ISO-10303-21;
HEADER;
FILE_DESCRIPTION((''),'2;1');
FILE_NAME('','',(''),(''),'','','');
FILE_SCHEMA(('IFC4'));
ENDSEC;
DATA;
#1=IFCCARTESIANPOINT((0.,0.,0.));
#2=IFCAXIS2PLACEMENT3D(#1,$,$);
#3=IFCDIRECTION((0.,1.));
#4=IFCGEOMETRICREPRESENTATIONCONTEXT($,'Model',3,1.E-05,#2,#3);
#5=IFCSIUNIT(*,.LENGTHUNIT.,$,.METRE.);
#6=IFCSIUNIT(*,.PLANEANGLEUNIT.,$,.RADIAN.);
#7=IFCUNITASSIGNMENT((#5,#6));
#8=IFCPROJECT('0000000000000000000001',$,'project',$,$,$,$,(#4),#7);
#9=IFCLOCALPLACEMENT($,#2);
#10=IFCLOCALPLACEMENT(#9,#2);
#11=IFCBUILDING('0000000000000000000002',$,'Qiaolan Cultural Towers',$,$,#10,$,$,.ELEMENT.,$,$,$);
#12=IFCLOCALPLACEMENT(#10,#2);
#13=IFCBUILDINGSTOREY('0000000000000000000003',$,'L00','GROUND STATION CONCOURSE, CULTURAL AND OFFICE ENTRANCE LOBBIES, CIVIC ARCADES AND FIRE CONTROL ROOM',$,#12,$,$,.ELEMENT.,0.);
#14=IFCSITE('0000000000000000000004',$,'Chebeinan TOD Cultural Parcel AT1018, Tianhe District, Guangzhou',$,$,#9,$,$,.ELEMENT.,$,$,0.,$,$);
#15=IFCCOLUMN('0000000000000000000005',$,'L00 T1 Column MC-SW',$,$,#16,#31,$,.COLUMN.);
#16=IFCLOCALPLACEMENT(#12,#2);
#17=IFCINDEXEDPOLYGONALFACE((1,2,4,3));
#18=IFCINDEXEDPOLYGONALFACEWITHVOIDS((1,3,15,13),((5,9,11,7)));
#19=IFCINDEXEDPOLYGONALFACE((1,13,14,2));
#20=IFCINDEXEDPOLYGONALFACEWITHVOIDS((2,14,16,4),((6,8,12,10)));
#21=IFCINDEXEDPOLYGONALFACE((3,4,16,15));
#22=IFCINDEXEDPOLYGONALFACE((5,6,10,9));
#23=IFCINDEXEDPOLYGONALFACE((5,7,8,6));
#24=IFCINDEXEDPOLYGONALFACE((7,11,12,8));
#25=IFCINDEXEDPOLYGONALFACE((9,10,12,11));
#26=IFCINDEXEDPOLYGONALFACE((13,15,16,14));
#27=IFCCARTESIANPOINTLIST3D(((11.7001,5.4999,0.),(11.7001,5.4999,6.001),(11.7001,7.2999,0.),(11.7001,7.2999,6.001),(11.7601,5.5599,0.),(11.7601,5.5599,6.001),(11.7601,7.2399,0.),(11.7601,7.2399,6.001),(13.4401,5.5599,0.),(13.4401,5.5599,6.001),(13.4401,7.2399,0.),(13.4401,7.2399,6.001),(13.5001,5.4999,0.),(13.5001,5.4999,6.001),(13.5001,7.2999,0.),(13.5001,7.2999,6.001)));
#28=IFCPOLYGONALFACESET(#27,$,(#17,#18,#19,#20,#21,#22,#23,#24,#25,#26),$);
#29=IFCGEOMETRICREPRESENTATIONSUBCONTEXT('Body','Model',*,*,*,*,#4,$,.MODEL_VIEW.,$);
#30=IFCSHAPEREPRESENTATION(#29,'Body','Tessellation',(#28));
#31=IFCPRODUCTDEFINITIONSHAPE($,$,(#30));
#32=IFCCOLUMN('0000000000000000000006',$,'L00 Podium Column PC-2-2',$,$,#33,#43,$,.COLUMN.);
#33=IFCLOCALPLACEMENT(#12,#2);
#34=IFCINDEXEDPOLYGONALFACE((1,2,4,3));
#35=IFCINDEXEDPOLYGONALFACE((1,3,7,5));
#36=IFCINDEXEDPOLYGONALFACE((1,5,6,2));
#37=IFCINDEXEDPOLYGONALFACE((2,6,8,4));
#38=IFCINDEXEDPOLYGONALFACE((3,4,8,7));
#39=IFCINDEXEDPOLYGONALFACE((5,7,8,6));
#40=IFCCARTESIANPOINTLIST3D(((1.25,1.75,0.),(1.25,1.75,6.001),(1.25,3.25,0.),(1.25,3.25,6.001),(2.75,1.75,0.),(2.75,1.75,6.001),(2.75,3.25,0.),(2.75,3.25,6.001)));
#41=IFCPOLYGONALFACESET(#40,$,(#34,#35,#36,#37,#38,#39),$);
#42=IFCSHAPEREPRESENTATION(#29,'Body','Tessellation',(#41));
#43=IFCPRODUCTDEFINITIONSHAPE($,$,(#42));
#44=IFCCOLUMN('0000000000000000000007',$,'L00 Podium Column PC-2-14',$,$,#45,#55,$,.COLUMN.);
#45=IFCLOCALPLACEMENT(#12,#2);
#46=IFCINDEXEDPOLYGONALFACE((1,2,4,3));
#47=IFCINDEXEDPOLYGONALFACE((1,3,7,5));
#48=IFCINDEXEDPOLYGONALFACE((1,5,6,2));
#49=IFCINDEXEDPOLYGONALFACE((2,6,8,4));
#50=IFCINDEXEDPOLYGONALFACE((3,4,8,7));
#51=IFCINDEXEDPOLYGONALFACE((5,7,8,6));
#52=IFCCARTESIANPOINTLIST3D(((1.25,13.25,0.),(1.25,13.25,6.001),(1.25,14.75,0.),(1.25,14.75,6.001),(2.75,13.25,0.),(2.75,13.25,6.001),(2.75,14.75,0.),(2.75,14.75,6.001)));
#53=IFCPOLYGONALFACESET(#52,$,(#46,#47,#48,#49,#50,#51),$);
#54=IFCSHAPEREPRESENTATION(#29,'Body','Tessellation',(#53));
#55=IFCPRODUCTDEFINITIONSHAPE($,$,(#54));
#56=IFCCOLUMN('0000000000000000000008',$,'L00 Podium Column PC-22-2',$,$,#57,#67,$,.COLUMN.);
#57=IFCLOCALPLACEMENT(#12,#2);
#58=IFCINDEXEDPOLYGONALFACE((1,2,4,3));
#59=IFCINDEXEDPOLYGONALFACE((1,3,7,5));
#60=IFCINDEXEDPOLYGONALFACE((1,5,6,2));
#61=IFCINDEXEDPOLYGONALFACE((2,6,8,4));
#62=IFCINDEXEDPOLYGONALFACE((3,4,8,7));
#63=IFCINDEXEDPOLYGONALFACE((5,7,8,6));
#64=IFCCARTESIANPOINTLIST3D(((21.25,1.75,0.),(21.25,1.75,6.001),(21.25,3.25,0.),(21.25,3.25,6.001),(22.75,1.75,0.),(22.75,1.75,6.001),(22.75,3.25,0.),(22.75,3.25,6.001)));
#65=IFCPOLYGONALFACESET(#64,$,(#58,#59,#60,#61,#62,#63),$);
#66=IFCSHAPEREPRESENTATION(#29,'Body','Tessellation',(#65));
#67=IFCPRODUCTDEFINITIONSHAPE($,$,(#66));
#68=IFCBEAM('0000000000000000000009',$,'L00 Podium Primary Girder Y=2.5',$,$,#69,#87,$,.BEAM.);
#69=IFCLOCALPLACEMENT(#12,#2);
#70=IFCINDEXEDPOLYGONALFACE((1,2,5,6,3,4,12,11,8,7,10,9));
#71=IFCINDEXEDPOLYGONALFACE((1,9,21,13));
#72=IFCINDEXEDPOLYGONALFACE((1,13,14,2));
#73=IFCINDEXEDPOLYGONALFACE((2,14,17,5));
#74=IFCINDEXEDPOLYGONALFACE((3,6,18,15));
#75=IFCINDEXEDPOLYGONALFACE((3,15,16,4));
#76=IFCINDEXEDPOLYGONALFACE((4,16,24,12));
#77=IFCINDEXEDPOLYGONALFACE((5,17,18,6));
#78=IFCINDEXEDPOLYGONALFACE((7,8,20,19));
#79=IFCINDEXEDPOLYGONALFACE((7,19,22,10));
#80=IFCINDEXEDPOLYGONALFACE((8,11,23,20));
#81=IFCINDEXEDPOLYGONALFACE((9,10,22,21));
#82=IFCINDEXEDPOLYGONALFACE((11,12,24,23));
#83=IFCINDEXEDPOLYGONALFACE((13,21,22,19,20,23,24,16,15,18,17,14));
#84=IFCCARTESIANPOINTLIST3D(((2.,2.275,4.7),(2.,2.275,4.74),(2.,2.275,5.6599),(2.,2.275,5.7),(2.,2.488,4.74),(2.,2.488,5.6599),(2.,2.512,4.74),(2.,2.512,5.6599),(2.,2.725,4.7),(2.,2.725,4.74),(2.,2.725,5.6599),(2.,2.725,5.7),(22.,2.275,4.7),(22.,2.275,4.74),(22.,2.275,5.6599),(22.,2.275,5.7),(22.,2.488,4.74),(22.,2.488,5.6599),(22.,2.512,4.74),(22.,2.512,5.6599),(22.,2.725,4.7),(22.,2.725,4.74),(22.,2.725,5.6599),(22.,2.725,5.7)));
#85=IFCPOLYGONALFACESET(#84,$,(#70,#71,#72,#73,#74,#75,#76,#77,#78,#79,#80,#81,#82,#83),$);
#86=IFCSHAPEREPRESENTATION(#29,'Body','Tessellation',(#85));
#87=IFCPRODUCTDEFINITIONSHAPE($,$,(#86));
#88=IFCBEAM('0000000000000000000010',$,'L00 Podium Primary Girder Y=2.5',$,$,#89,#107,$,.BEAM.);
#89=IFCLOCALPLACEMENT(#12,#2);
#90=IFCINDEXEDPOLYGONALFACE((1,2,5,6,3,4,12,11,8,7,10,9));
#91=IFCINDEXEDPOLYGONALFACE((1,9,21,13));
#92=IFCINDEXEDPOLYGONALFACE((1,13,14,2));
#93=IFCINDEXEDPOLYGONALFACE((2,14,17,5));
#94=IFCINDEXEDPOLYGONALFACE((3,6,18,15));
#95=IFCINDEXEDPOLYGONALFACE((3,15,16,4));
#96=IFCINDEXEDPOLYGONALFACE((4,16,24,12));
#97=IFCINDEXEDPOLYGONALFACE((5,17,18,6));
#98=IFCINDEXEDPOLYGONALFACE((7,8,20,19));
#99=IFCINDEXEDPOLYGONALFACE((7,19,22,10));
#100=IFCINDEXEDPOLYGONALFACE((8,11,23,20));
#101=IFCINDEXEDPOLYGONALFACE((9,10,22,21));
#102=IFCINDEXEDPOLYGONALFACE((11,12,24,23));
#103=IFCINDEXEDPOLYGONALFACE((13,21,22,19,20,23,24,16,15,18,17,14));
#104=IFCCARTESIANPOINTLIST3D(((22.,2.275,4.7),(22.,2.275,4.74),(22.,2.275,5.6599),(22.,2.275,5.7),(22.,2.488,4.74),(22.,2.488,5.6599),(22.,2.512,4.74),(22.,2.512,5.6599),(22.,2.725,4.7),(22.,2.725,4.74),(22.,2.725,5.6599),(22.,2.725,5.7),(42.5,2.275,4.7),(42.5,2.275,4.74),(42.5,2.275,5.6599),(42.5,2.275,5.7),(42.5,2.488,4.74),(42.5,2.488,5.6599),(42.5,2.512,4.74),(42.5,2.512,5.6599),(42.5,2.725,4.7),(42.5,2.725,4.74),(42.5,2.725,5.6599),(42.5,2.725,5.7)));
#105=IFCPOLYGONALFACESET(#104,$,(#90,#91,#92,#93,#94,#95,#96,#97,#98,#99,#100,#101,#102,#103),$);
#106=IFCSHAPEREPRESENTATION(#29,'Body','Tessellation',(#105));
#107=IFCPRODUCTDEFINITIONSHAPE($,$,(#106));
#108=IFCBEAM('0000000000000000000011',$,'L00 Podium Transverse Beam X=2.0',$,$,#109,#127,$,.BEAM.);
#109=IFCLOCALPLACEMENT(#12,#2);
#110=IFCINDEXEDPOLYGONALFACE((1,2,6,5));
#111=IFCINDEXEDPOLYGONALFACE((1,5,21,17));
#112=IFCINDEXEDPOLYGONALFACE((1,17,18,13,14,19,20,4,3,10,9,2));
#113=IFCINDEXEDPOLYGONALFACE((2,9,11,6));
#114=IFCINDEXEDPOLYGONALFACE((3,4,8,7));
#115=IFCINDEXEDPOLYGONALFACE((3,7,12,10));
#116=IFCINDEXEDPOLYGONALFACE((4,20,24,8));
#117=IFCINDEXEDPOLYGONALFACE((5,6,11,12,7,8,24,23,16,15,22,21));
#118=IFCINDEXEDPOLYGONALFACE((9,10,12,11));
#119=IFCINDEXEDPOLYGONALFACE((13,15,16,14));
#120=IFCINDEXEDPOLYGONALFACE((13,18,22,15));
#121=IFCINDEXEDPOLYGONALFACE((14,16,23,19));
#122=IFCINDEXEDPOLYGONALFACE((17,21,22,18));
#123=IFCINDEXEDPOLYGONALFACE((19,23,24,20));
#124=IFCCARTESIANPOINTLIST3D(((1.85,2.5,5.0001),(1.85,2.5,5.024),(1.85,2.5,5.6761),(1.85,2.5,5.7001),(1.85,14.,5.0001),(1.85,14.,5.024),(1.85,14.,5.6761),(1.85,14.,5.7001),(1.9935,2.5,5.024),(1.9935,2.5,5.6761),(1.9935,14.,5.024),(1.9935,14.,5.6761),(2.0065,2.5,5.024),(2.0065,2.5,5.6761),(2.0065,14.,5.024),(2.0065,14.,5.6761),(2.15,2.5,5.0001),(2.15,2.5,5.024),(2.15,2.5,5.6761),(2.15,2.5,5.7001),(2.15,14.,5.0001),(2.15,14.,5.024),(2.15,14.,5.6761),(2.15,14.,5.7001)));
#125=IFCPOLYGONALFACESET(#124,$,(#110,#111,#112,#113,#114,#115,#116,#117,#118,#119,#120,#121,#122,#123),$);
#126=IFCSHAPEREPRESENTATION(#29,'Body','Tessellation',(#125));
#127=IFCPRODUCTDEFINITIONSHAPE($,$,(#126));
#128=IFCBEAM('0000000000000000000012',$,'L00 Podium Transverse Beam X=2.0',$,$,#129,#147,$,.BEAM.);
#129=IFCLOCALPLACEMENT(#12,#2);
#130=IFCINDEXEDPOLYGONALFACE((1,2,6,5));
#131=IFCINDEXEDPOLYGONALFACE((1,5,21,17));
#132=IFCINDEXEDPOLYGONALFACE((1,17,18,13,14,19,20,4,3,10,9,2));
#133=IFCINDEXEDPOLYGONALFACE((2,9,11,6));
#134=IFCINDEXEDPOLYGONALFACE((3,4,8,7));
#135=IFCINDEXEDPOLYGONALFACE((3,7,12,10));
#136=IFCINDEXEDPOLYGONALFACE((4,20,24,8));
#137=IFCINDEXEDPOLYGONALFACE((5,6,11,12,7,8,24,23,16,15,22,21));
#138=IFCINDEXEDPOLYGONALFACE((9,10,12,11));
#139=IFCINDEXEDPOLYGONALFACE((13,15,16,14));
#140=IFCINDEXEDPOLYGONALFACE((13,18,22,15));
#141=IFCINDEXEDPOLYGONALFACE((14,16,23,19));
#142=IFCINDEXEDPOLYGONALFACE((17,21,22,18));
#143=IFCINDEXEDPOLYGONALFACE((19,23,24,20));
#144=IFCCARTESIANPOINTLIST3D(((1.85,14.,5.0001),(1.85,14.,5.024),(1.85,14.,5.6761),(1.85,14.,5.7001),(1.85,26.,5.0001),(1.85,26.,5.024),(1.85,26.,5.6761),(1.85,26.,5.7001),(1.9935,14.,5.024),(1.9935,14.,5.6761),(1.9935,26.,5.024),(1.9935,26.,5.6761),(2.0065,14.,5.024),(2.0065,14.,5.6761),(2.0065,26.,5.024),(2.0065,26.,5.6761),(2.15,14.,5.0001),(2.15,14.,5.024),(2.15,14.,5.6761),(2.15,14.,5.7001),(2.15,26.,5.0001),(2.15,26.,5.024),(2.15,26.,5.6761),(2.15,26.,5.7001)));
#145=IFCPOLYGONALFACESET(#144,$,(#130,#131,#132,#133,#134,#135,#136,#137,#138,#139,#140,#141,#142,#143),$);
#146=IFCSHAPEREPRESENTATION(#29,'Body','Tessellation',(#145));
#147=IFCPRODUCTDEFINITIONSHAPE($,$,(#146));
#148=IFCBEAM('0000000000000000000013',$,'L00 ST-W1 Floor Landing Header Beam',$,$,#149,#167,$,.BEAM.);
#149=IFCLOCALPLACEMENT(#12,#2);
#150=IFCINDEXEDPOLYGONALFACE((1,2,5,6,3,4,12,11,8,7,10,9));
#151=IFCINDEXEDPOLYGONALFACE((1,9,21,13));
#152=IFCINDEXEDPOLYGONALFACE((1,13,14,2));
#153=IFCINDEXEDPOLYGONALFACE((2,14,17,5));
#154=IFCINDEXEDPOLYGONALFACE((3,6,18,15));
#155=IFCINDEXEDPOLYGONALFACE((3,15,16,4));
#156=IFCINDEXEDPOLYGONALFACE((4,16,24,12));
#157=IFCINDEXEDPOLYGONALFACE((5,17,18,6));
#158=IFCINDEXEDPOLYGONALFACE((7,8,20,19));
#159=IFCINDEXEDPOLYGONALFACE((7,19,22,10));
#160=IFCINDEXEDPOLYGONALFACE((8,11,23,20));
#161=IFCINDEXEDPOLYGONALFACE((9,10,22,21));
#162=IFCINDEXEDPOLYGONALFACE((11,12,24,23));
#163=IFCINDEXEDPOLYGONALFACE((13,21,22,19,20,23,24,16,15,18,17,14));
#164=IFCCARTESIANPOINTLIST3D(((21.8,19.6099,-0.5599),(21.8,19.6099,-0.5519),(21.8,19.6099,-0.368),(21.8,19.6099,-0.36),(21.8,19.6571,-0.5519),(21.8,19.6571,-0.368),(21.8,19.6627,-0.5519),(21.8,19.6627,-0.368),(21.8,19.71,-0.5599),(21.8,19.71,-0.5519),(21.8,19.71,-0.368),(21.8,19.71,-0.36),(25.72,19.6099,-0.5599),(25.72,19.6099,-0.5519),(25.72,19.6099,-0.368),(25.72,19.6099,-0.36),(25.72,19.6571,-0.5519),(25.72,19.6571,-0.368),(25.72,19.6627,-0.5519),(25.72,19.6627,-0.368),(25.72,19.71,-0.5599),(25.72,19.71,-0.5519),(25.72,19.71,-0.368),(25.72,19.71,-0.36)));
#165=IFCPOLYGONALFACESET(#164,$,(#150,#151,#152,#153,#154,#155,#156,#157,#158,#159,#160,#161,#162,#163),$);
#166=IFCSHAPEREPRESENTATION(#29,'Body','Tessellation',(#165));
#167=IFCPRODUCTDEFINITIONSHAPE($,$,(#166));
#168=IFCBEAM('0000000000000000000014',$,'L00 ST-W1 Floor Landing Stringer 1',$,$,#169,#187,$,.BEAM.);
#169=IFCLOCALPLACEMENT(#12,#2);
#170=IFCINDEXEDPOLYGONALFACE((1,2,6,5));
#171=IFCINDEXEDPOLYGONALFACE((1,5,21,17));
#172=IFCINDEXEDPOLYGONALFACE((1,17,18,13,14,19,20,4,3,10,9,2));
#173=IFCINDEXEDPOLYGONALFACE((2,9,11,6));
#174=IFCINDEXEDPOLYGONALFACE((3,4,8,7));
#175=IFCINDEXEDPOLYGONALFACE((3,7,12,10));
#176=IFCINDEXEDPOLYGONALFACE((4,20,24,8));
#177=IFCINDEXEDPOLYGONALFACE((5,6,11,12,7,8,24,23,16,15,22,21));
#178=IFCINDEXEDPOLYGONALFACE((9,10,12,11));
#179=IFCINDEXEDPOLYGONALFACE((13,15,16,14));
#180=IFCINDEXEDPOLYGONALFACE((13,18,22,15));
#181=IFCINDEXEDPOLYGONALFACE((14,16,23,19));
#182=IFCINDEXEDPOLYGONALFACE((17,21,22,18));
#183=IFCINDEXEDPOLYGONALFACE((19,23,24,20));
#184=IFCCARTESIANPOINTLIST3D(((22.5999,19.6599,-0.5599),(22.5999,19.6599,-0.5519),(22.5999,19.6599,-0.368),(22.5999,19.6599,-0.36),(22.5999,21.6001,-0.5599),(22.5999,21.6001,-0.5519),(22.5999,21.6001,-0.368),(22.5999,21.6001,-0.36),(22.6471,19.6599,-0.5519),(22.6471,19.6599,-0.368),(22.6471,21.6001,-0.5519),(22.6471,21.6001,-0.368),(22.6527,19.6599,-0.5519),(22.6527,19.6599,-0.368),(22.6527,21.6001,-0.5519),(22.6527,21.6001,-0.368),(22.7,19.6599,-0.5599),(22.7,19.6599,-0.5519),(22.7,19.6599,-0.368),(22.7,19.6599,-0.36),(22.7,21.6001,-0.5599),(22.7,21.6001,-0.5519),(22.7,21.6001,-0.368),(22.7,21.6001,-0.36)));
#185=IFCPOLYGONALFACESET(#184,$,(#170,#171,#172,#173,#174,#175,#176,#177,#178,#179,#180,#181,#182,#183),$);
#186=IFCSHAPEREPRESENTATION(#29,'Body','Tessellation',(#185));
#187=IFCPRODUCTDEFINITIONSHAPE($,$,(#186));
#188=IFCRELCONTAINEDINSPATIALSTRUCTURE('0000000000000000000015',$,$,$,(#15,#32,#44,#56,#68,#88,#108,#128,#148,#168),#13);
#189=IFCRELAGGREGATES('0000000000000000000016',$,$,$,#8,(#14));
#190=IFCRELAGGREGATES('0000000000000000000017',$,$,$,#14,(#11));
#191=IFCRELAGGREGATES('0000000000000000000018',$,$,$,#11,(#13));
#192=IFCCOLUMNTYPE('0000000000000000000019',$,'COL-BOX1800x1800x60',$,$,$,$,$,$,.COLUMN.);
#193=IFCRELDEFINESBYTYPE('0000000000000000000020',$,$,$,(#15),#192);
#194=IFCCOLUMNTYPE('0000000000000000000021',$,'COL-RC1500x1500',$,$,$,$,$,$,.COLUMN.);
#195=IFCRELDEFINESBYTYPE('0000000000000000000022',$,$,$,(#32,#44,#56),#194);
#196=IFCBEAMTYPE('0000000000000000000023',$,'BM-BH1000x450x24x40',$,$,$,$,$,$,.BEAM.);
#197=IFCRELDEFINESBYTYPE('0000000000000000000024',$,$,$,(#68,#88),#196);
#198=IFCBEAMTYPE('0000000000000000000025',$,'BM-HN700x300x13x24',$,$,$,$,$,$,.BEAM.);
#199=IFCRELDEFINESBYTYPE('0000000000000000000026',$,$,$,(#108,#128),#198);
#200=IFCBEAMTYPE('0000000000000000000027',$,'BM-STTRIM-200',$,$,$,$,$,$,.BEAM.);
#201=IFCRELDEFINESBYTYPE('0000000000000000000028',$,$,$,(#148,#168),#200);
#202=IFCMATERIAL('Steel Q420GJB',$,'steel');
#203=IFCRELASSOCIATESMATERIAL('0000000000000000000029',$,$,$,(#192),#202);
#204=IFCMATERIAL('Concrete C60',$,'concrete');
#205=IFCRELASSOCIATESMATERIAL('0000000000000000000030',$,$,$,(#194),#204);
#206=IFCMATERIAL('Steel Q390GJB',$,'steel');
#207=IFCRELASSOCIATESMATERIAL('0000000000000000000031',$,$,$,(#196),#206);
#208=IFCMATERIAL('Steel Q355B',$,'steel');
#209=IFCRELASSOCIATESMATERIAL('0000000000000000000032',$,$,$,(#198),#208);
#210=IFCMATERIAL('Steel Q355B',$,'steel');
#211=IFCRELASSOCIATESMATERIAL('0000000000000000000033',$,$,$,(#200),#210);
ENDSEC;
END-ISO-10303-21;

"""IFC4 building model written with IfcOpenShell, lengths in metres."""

from ifc_helpers import new_model, si_unit, direction, frame, origin, origin_2d, place, context, subcontext, project, spatial, rectangle, hollow_rectangle, i_section, extrude, material, material_profile, profile_set, type_object, element, save


model = new_model("IFC4")

# Units and contexts
model_context = context("Model", 3, precision=1e-05, world=origin(), true_north=direction((0.0, 1.0)))
body_context = subcontext(model_context, "Body", "Model", "MODEL_VIEW")
ifc_project = project(units=[si_unit("LENGTHUNIT", "METRE"), si_unit("PLANEANGLEUNIT", "RADIAN")], contexts=[model_context])

# Site, building, storey
site_placement = place(None, origin())
site = spatial("IfcSite", under=ifc_project, at=site_placement, Name="Chebeinan TOD Cultural Parcel AT1018, Tianhe District, Guangzhou", CompositionType="ELEMENT", RefElevation=0.0)
building_placement = place(site_placement, origin())
building = spatial("IfcBuilding", under=site, at=building_placement, Name="Qiaolan Cultural Towers", CompositionType="ELEMENT")
storey_placement = place(building_placement, origin())
storey = spatial("IfcBuildingStorey", under=building, at=storey_placement, Name="L00", Description="GROUND STATION CONCOURSE, CULTURAL AND OFFICE ENTRANCE LOBBIES, CIVIC ARCADES AND FIRE CONTROL ROOM", CompositionType="ELEMENT", Elevation=0.0)

# Columns
ifc_material_1 = material(Name="Steel Q420GJB", Category="steel")
ifc_material_profile_1 = material_profile(ifc_material_1, hollow_rectangle(XDim=1.8, YDim=1.8, WallThickness=0.0601, at=origin_2d()), Name="BOX1800x1800x60")
ifc_profile_set_1 = profile_set([ifc_material_profile_1], Name="Steel Q420GJB")
column_type_1 = type_object("IfcColumnType", Name="COL-BOX1800x1800x60", PredefinedType="COLUMN", material=ifc_profile_set_1)
column_placement = place(storey_placement, frame((12.6001, 6.3999, 0.0), z_axis=(0.0, 0.0, 1.0), x_axis=(1.0, 0.0, 0.0)))
element("IfcColumn", 1, at=column_placement, inside=storey, type_object=column_type_1, Name="L00 T1 Column MC-SW", PredefinedType="COLUMN", context=body_context, shape_type="SweptSolid", body=[
    extrude(hollow_rectangle(XDim=1.8, YDim=1.8, WallThickness=0.0601, at=origin_2d()), origin(), (0.0, 0.0, 1.0), 6.001),
])
ifc_material_2 = material(Name="Concrete C60", Category="concrete")
ifc_material_profile_2 = material_profile(ifc_material_2, rectangle(XDim=1.5, YDim=1.5, at=origin_2d()), Name="RC1500x1500")
ifc_profile_set_2 = profile_set([ifc_material_profile_2], Name="Concrete C60")
column_type_2 = type_object("IfcColumnType", Name="COL-RC1500x1500", PredefinedType="COLUMN", material=ifc_profile_set_2)
for number, where, z_axis, x_axis, name in (
    (2, (2.0, 2.5, 0.0), (0.0, 0.0, 1.0), (1.0, 0.0, 0.0), "L00 Podium Column PC-2-2"),
    (3, (2.0, 14.0, 0.0), (0.0, 0.0, 1.0), (1.0, 0.0, 0.0), "L00 Podium Column PC-2-14"),
    (4, (22.0, 2.5, 0.0), (0.0, 0.0, 1.0), (1.0, 0.0, 0.0), "L00 Podium Column PC-22-2"),
):
    element("IfcColumn", number, at=place(storey_placement, frame(where, z_axis=z_axis, x_axis=x_axis)), inside=storey, type_object=column_type_2, Name=name, PredefinedType="COLUMN", context=body_context, shape_type="SweptSolid", body=[
        extrude(rectangle(XDim=1.5, YDim=1.5, at=origin_2d()), origin(), (0.0, 0.0, 1.0), 6.001),
    ])

# Beams
ifc_material_3 = material(Name="Steel Q390GJB", Category="steel")
ifc_material_profile_3 = material_profile(ifc_material_3, i_section(OverallWidth=0.45, OverallDepth=1.0, WebThickness=0.0239, FlangeThickness=0.04, at=origin_2d()), Name="BH1000x450x24x40")
ifc_profile_set_3 = profile_set([ifc_material_profile_3], Name="Steel Q390GJB")
beam_type_1 = type_object("IfcBeamType", Name="BM-BH1000x450x24x40", PredefinedType="BEAM", material=ifc_profile_set_3)
beam_1_placement = place(storey_placement, frame((2.0, 2.5, 5.2), z_axis=(1.0, 0.0, 0.0), x_axis=(0.0, 1.0, 0.0)))
element("IfcBeam", 5, at=beam_1_placement, inside=storey, type_object=beam_type_1, Name="L00 Podium Primary Girder Y=2.5", PredefinedType="BEAM", context=body_context, shape_type="SweptSolid", body=[
    extrude(i_section(OverallWidth=0.45, OverallDepth=1.0, WebThickness=0.0239, FlangeThickness=0.04, at=origin_2d()), origin(), (0.0, 0.0, 1.0), 20.0),
])
beam_2_placement = place(storey_placement, frame((22.0, 2.5, 5.2), z_axis=(1.0, 0.0, 0.0), x_axis=(0.0, 1.0, 0.0)))
element("IfcBeam", 6, at=beam_2_placement, inside=storey, type_object=beam_type_1, Name="L00 Podium Primary Girder Y=2.5", PredefinedType="BEAM", context=body_context, shape_type="SweptSolid", body=[
    extrude(i_section(OverallWidth=0.45, OverallDepth=1.0, WebThickness=0.0239, FlangeThickness=0.04, at=origin_2d()), origin(), (0.0, 0.0, 1.0), 20.5),
])
ifc_material_4 = material(Name="Steel Q355B", Category="steel")
ifc_material_profile_4 = material_profile(ifc_material_4, i_section(OverallWidth=0.3, OverallDepth=0.7, WebThickness=0.0129, FlangeThickness=0.0239, at=origin_2d()), Name="HN700x300x13x24")
ifc_profile_set_4 = profile_set([ifc_material_profile_4], Name="Steel Q355B")
beam_type_2 = type_object("IfcBeamType", Name="BM-HN700x300x13x24", PredefinedType="BEAM", material=ifc_profile_set_4)
beam_3_placement = place(storey_placement, frame((2.0, 2.5, 5.3501), z_axis=(0.0, 1.0, 0.0), x_axis=(-1.0, 0.0, 0.0)))
element("IfcBeam", 7, at=beam_3_placement, inside=storey, type_object=beam_type_2, Name="L00 Podium Transverse Beam X=2.0", PredefinedType="BEAM", context=body_context, shape_type="SweptSolid", body=[
    extrude(i_section(OverallWidth=0.3, OverallDepth=0.7, WebThickness=0.0129, FlangeThickness=0.0239, at=origin_2d()), origin(), (0.0, 0.0, 1.0), 11.5),
])
beam_4_placement = place(storey_placement, frame((2.0, 14.0, 5.3501), z_axis=(0.0, 1.0, 0.0), x_axis=(-1.0, 0.0, 0.0)))
element("IfcBeam", 8, at=beam_4_placement, inside=storey, type_object=beam_type_2, Name="L00 Podium Transverse Beam X=2.0", PredefinedType="BEAM", context=body_context, shape_type="SweptSolid", body=[
    extrude(i_section(OverallWidth=0.3, OverallDepth=0.7, WebThickness=0.0129, FlangeThickness=0.0239, at=origin_2d()), origin(), (0.0, 0.0, 1.0), 12.0),
])
ifc_material_5 = material(Name="Steel Q355B", Category="steel")
ifc_material_profile_5 = material_profile(ifc_material_5, i_section(OverallWidth=0.1001, OverallDepth=0.2, WebThickness=0.0056, FlangeThickness=0.0081, at=origin_2d()), Name="HN200x100x5.5x8")
ifc_profile_set_5 = profile_set([ifc_material_profile_5], Name="Steel Q355B")
beam_type_3 = type_object("IfcBeamType", Name="BM-STTRIM-200", PredefinedType="BEAM", material=ifc_profile_set_5)
beam_5_placement = place(storey_placement, frame((21.8, 19.6599, -0.46), z_axis=(1.0, 0.0, 0.0), x_axis=(0.0, 1.0, 0.0)))
element("IfcBeam", 9, at=beam_5_placement, inside=storey, type_object=beam_type_3, Name="L00 ST-W1 Floor Landing Header Beam", PredefinedType="BEAM", context=body_context, shape_type="SweptSolid", body=[
    extrude(i_section(OverallWidth=0.1001, OverallDepth=0.2, WebThickness=0.0056, FlangeThickness=0.0081, at=origin_2d()), origin(), (0.0, 0.0, 1.0), 3.9199),
])
beam_6_placement = place(storey_placement, frame((22.6499, 21.6001, -0.46), z_axis=(0.0, -1.0, 0.0), x_axis=(1.0, 0.0, 0.0)))
element("IfcBeam", 10, at=beam_6_placement, inside=storey, type_object=beam_type_3, Name="L00 ST-W1 Floor Landing Stringer 1", PredefinedType="BEAM", context=body_context, shape_type="SweptSolid", body=[
    extrude(i_section(OverallWidth=0.1001, OverallDepth=0.2, WebThickness=0.0056, FlangeThickness=0.0081, at=origin_2d()), origin(), (0.0, 0.0, 1.0), 1.9402),
])

save(model, "model.ifc")
